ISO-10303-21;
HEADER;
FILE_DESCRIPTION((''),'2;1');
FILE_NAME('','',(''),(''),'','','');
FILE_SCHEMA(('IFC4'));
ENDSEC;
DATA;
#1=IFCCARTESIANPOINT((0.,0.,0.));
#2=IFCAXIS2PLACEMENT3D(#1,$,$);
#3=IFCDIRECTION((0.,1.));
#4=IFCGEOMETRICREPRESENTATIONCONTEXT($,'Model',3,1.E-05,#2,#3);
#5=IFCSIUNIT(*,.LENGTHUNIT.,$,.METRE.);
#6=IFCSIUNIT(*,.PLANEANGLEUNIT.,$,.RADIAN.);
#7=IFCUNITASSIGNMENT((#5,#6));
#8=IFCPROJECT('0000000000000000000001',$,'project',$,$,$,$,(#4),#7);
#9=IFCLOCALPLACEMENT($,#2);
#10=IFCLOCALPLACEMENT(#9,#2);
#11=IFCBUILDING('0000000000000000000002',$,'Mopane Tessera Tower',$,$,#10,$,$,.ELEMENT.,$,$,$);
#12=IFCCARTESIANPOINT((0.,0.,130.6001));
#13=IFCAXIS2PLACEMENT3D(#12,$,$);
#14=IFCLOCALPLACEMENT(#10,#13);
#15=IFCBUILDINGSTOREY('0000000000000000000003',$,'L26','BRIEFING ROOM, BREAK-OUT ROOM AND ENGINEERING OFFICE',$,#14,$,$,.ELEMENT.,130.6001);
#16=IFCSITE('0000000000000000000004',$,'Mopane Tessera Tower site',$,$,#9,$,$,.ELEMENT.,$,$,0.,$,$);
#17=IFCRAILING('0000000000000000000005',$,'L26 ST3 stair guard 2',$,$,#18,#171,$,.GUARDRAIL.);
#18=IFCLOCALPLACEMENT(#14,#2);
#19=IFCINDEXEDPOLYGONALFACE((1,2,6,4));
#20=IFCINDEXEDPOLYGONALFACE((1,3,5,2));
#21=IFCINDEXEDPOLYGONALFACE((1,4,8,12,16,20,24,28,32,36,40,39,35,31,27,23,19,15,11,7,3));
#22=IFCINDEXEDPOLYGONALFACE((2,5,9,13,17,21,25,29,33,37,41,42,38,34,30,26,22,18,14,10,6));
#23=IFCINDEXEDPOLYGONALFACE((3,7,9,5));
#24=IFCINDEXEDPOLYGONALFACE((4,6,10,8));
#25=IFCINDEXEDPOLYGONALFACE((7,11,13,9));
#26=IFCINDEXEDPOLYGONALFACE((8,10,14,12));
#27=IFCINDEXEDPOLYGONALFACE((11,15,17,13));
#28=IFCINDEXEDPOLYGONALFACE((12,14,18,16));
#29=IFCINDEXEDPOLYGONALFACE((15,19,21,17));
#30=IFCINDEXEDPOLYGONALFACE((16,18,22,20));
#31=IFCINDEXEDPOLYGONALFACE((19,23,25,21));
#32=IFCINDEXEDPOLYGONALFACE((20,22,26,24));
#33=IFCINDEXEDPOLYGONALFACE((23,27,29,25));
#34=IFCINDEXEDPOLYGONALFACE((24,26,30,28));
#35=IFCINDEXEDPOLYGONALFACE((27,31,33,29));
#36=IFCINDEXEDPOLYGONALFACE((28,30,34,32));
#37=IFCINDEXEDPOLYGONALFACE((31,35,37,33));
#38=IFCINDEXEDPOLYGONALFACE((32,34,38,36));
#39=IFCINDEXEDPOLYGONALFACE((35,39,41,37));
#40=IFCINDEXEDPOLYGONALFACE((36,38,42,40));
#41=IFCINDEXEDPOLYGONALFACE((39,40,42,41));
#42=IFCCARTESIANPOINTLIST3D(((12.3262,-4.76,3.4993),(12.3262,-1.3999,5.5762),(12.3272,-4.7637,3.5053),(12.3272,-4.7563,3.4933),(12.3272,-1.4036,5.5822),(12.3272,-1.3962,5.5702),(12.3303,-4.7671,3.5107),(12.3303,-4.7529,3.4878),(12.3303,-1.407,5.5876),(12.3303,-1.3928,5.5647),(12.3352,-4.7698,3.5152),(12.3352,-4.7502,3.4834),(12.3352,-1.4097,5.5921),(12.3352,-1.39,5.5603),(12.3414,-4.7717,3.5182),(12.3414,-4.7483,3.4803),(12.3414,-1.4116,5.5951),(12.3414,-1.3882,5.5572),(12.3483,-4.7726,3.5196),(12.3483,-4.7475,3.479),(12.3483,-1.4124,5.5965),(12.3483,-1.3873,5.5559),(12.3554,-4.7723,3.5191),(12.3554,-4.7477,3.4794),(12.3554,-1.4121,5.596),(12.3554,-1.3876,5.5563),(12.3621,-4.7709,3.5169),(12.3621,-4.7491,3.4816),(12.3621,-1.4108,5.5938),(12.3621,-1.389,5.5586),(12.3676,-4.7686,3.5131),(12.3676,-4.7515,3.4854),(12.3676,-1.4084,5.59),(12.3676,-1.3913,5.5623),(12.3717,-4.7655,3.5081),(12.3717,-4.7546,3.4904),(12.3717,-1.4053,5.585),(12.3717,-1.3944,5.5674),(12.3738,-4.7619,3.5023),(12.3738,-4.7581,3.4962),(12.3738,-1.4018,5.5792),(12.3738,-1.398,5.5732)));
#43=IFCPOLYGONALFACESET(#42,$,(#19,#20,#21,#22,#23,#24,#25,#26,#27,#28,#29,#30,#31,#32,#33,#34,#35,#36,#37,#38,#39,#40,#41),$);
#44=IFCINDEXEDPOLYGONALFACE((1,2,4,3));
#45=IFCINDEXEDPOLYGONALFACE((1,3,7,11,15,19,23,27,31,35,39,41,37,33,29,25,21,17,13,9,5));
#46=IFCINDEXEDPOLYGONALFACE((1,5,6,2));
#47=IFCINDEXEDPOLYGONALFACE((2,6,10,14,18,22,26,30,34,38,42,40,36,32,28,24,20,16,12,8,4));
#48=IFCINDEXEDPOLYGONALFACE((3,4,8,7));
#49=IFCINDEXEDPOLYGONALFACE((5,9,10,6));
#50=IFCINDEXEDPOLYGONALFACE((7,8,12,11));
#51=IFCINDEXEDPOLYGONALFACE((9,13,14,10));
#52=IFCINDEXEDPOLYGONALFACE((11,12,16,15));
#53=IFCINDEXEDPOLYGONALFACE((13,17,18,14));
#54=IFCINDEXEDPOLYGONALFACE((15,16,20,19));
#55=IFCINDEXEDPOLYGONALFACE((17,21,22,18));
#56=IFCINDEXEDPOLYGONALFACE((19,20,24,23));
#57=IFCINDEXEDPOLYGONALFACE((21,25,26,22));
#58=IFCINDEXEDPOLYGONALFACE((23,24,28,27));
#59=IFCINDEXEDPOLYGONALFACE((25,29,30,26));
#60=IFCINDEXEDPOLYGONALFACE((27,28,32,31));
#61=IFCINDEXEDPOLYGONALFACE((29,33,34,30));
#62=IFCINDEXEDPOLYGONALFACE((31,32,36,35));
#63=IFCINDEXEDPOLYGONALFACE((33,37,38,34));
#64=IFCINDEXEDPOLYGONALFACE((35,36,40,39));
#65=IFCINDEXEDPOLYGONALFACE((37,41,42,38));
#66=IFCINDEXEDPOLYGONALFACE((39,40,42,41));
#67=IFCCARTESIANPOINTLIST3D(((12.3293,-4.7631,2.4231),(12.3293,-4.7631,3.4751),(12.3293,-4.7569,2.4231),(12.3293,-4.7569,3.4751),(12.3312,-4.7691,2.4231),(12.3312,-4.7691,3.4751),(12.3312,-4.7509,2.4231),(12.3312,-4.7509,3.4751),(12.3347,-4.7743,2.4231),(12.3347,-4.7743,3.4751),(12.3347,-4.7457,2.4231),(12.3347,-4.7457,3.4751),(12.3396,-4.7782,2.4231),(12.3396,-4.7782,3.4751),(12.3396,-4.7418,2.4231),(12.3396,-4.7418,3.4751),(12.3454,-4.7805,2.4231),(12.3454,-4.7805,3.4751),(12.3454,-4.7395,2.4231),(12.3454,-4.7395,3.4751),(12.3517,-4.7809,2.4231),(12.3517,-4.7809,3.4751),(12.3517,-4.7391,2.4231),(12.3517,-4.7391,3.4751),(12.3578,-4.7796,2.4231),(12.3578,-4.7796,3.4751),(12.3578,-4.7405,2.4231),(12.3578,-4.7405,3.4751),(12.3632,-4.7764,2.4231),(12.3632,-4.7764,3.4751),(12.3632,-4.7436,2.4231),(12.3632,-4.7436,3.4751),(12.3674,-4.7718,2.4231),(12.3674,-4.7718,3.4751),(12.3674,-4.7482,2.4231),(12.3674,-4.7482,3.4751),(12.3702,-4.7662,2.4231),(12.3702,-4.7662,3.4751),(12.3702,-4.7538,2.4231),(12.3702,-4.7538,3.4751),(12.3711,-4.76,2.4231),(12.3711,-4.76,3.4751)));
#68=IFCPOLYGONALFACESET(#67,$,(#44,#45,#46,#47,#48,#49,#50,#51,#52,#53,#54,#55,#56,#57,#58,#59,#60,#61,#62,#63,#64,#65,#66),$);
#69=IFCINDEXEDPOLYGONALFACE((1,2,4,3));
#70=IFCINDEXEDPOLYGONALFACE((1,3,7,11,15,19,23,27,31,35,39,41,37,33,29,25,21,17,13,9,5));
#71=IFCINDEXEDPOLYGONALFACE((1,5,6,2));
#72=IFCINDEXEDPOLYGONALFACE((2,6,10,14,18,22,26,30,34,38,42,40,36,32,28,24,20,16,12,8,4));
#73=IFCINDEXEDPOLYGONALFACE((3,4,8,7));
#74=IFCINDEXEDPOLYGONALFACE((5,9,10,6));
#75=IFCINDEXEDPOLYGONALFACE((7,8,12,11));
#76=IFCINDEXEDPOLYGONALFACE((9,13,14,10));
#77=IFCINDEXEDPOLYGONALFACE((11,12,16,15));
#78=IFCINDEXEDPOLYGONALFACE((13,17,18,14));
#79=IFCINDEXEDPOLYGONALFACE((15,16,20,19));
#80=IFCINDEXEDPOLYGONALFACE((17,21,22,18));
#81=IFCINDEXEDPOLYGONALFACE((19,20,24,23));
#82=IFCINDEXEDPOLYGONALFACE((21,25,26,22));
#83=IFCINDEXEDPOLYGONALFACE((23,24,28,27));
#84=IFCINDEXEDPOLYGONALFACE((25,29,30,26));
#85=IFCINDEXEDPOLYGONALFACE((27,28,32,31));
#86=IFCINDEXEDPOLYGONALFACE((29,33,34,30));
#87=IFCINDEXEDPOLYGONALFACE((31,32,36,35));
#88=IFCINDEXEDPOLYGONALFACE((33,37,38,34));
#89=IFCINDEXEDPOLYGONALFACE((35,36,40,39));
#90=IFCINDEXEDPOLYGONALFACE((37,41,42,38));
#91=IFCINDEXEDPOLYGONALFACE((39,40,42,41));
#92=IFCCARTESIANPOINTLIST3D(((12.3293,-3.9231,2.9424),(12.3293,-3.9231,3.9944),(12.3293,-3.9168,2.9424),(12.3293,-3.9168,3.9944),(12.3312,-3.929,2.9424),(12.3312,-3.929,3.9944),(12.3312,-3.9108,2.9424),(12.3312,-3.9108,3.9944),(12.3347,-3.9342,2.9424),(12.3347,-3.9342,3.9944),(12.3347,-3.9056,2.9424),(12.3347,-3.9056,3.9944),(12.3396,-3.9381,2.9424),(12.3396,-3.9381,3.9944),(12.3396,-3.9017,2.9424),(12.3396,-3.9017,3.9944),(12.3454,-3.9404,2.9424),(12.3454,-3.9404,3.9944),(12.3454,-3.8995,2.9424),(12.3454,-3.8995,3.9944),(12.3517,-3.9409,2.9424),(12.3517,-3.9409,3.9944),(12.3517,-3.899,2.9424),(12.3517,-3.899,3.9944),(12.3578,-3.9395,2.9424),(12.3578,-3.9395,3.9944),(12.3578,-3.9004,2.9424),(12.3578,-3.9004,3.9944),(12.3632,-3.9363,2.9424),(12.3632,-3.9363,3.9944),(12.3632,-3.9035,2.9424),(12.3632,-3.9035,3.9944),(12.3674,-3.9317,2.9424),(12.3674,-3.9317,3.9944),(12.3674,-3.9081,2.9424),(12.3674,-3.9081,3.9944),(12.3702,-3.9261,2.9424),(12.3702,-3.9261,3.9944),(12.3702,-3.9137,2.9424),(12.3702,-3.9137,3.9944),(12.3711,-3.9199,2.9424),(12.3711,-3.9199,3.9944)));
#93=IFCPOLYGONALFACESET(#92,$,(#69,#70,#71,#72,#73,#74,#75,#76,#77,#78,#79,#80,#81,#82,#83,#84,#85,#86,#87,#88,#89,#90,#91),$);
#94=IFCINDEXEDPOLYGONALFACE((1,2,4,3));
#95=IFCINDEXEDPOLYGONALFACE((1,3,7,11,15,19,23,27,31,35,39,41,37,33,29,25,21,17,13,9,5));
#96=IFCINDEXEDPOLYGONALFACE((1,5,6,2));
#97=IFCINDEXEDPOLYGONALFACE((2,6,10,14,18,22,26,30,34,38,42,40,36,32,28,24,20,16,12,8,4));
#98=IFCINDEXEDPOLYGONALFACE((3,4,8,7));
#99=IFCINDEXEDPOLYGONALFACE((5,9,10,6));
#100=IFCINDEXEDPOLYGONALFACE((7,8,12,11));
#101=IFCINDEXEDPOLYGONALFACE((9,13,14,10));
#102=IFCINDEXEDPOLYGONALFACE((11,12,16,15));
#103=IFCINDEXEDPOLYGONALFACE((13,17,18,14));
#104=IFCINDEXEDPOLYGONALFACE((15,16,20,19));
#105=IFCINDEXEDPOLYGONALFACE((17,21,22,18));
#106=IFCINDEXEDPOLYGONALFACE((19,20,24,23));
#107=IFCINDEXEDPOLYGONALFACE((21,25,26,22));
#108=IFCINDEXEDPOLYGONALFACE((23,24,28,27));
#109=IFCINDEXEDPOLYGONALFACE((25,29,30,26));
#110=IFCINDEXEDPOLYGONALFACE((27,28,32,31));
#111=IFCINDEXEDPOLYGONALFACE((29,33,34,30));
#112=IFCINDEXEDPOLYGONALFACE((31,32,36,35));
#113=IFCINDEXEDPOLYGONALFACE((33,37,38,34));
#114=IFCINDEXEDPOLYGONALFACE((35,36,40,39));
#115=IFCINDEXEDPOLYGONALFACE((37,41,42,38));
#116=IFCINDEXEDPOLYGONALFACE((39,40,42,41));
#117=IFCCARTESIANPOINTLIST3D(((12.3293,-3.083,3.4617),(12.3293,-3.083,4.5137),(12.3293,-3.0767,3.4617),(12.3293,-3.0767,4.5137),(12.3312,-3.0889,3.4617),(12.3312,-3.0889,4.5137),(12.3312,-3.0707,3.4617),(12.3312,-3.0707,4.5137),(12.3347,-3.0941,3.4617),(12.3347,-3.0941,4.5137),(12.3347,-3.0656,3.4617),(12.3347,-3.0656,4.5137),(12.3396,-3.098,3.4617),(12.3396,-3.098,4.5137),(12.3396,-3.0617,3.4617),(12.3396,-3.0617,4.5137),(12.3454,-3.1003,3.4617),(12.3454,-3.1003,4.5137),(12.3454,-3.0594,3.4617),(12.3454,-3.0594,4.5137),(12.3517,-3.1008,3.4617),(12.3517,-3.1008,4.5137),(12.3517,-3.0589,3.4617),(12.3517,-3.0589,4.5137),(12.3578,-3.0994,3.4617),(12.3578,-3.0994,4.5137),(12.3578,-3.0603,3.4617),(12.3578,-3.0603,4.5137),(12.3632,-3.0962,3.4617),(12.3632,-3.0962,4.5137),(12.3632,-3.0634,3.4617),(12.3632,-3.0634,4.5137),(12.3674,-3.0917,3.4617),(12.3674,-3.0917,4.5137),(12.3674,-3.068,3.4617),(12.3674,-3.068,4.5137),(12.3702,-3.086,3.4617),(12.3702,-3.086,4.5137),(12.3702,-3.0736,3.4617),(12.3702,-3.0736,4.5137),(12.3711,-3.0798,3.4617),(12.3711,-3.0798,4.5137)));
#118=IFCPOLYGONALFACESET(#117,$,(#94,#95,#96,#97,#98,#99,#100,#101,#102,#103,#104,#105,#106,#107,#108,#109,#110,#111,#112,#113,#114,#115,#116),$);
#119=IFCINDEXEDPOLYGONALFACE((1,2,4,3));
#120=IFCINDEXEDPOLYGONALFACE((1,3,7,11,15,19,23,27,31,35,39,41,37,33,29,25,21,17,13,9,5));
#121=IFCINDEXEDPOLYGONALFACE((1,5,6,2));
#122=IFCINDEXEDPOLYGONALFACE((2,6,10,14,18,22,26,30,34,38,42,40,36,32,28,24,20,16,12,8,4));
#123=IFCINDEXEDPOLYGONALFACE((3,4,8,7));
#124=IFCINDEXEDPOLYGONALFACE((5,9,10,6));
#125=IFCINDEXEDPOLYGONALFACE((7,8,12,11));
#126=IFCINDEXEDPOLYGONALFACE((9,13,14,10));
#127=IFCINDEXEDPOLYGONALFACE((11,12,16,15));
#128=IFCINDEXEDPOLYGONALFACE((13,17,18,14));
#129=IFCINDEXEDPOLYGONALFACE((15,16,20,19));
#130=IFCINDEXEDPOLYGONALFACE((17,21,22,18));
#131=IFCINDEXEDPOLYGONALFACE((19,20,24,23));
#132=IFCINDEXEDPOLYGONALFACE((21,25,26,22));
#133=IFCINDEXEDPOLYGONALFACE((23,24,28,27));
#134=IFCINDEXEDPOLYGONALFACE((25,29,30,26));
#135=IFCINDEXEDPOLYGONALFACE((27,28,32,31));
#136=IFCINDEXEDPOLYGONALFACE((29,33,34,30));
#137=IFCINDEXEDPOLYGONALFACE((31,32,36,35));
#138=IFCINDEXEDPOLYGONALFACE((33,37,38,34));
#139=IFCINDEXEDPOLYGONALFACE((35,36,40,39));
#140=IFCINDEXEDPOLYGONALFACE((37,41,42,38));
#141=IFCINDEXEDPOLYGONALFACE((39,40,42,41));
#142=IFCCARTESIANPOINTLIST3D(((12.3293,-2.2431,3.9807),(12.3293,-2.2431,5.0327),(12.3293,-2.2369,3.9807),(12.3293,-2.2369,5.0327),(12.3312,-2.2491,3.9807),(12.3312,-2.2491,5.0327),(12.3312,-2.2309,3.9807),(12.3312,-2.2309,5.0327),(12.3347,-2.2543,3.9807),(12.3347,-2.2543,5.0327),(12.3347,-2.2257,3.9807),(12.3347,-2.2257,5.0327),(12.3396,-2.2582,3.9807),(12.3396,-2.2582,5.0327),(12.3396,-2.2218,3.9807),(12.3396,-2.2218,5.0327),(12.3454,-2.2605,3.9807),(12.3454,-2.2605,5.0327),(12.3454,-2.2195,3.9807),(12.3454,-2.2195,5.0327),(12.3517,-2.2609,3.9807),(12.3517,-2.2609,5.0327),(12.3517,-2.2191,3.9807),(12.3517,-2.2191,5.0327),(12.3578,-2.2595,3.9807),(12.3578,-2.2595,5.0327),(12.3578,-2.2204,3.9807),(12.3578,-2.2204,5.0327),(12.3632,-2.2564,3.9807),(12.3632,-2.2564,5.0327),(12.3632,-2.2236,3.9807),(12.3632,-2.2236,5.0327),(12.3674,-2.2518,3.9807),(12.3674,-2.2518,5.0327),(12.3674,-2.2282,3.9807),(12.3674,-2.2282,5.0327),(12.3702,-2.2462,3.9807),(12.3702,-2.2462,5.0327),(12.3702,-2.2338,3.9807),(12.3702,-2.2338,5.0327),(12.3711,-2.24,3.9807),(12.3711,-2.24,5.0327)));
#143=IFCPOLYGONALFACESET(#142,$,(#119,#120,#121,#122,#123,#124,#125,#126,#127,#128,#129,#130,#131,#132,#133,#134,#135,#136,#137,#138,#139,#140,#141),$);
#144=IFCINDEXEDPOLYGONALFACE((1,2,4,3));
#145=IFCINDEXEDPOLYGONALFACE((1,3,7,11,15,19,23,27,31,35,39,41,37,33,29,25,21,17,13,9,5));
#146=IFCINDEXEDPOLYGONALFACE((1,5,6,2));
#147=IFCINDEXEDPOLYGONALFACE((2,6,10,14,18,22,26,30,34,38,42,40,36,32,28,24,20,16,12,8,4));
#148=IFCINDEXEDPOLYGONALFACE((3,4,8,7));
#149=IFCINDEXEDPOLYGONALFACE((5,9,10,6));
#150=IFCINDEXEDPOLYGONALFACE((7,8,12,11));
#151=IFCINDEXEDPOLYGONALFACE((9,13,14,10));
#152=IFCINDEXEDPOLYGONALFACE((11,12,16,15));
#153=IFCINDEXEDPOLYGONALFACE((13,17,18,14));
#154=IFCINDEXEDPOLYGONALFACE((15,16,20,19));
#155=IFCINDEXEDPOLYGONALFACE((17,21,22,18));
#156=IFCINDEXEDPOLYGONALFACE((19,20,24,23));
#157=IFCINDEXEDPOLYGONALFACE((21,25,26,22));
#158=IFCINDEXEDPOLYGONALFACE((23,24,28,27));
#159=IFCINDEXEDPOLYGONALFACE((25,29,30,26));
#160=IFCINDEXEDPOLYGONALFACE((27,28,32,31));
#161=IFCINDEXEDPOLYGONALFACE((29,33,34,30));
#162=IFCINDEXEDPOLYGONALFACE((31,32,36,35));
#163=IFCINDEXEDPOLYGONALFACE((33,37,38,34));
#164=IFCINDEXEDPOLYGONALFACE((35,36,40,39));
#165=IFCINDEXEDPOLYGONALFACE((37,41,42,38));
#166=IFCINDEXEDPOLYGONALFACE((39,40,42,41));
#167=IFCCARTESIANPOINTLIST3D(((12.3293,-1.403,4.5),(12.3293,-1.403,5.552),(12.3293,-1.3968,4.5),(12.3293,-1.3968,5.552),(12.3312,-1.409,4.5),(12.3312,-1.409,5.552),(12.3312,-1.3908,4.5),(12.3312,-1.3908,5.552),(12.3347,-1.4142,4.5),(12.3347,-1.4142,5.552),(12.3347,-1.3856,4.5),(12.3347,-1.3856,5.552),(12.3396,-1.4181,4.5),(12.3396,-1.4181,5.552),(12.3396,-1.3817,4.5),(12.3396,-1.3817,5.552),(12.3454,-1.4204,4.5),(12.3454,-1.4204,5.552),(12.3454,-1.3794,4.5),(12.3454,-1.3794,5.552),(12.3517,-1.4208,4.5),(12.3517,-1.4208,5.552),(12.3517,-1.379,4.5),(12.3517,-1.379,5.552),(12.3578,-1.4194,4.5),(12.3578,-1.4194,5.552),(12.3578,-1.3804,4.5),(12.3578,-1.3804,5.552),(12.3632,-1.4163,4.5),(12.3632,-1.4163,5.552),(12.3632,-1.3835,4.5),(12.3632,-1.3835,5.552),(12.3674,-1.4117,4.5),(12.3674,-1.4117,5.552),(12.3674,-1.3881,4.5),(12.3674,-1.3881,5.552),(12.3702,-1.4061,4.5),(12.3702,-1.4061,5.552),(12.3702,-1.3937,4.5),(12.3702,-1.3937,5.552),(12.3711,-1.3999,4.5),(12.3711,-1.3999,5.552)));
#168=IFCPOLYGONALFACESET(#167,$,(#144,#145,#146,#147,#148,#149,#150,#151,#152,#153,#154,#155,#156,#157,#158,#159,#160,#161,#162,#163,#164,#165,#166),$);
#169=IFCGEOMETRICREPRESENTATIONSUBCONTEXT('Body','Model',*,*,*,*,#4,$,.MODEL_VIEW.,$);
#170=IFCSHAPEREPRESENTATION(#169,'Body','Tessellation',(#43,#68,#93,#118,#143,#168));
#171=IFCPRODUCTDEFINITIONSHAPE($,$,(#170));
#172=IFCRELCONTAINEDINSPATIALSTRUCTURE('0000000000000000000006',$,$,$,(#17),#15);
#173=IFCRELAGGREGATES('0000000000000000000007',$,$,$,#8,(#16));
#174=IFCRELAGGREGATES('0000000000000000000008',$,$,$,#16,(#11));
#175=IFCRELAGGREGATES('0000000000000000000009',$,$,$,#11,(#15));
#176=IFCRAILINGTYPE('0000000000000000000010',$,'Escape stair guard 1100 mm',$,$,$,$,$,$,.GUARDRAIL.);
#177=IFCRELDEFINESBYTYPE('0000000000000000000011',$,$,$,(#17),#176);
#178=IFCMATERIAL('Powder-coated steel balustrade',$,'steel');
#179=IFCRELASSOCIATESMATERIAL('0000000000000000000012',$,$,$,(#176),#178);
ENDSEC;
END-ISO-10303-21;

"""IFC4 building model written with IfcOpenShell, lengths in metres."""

from ifc_helpers import new_model, si_unit, direction, frame, origin, origin_2d, place, context, subcontext, project, spatial, circle, extrude, material, type_object, element, save


model = new_model("IFC4")

# Units and contexts
model_context = context("Model", 3, precision=1e-05, world=origin(), true_north=direction((0.0, 1.0)))
body_context = subcontext(model_context, "Body", "Model", "MODEL_VIEW")
ifc_project = project(units=[si_unit("LENGTHUNIT", "METRE"), si_unit("PLANEANGLEUNIT", "RADIAN")], contexts=[model_context])

# Site, building, storey
site_placement = place(None, origin())
site = spatial("IfcSite", under=ifc_project, at=site_placement, Name="Mopane Tessera Tower site", CompositionType="ELEMENT", RefElevation=0.0)
building_placement = place(site_placement, origin())
building = spatial("IfcBuilding", under=site, at=building_placement, Name="Mopane Tessera Tower", CompositionType="ELEMENT")
storey_placement = place(building_placement, frame((0.0, 0.0, 130.6001)))
storey = spatial("IfcBuildingStorey", under=building, at=storey_placement, Name="L26", Description="BRIEFING ROOM, BREAK-OUT ROOM AND ENGINEERING OFFICE", CompositionType="ELEMENT", Elevation=130.6001)

# Railing
ifc_material_1 = material(Name="Powder-coated steel balustrade", Category="steel")
railing_type_1 = type_object("IfcRailingType", Name="Escape stair guard 1100 mm", PredefinedType="GUARDRAIL", material=ifc_material_1)
railing_1_placement = place(storey_placement, frame((12.3501, -4.76, 2.4231)))
element("IfcRailing", 1, at=railing_1_placement, inside=storey, type_object=railing_type_1, Name="L26 ST3 stair guard 2", PredefinedType="GUARDRAIL", context=body_context, shape_type="SweptSolid", body=[
    extrude(circle(Radius=0.0239, at=origin_2d()), frame((0.0, 0.0, 1.0762), z_axis=(0.0, 0.850623, 0.525776), x_axis=(-1.0, 0.0, 0.0)), (0.0, 0.0, 1.0), 3.9502),
    extrude(circle(Radius=0.021, at=origin_2d()), origin(), (0.0, 0.0, 1.0), 1.052),
    extrude(circle(Radius=0.021, at=origin_2d()), frame((0.0, 0.8401, 0.5193)), (0.0, 0.0, 1.0), 1.052),
    extrude(circle(Radius=0.021, at=origin_2d()), frame((0.0, 1.6802, 1.0386)), (0.0, 0.0, 1.0), 1.052),
    extrude(circle(Radius=0.021, at=origin_2d()), frame((0.0, 2.52, 1.5576)), (0.0, 0.0, 1.0), 1.052),
    extrude(circle(Radius=0.021, at=origin_2d()), frame((0.0, 3.3601, 2.0769)), (0.0, 0.0, 1.0), 1.052),
])

save(model, "model.ifc")
